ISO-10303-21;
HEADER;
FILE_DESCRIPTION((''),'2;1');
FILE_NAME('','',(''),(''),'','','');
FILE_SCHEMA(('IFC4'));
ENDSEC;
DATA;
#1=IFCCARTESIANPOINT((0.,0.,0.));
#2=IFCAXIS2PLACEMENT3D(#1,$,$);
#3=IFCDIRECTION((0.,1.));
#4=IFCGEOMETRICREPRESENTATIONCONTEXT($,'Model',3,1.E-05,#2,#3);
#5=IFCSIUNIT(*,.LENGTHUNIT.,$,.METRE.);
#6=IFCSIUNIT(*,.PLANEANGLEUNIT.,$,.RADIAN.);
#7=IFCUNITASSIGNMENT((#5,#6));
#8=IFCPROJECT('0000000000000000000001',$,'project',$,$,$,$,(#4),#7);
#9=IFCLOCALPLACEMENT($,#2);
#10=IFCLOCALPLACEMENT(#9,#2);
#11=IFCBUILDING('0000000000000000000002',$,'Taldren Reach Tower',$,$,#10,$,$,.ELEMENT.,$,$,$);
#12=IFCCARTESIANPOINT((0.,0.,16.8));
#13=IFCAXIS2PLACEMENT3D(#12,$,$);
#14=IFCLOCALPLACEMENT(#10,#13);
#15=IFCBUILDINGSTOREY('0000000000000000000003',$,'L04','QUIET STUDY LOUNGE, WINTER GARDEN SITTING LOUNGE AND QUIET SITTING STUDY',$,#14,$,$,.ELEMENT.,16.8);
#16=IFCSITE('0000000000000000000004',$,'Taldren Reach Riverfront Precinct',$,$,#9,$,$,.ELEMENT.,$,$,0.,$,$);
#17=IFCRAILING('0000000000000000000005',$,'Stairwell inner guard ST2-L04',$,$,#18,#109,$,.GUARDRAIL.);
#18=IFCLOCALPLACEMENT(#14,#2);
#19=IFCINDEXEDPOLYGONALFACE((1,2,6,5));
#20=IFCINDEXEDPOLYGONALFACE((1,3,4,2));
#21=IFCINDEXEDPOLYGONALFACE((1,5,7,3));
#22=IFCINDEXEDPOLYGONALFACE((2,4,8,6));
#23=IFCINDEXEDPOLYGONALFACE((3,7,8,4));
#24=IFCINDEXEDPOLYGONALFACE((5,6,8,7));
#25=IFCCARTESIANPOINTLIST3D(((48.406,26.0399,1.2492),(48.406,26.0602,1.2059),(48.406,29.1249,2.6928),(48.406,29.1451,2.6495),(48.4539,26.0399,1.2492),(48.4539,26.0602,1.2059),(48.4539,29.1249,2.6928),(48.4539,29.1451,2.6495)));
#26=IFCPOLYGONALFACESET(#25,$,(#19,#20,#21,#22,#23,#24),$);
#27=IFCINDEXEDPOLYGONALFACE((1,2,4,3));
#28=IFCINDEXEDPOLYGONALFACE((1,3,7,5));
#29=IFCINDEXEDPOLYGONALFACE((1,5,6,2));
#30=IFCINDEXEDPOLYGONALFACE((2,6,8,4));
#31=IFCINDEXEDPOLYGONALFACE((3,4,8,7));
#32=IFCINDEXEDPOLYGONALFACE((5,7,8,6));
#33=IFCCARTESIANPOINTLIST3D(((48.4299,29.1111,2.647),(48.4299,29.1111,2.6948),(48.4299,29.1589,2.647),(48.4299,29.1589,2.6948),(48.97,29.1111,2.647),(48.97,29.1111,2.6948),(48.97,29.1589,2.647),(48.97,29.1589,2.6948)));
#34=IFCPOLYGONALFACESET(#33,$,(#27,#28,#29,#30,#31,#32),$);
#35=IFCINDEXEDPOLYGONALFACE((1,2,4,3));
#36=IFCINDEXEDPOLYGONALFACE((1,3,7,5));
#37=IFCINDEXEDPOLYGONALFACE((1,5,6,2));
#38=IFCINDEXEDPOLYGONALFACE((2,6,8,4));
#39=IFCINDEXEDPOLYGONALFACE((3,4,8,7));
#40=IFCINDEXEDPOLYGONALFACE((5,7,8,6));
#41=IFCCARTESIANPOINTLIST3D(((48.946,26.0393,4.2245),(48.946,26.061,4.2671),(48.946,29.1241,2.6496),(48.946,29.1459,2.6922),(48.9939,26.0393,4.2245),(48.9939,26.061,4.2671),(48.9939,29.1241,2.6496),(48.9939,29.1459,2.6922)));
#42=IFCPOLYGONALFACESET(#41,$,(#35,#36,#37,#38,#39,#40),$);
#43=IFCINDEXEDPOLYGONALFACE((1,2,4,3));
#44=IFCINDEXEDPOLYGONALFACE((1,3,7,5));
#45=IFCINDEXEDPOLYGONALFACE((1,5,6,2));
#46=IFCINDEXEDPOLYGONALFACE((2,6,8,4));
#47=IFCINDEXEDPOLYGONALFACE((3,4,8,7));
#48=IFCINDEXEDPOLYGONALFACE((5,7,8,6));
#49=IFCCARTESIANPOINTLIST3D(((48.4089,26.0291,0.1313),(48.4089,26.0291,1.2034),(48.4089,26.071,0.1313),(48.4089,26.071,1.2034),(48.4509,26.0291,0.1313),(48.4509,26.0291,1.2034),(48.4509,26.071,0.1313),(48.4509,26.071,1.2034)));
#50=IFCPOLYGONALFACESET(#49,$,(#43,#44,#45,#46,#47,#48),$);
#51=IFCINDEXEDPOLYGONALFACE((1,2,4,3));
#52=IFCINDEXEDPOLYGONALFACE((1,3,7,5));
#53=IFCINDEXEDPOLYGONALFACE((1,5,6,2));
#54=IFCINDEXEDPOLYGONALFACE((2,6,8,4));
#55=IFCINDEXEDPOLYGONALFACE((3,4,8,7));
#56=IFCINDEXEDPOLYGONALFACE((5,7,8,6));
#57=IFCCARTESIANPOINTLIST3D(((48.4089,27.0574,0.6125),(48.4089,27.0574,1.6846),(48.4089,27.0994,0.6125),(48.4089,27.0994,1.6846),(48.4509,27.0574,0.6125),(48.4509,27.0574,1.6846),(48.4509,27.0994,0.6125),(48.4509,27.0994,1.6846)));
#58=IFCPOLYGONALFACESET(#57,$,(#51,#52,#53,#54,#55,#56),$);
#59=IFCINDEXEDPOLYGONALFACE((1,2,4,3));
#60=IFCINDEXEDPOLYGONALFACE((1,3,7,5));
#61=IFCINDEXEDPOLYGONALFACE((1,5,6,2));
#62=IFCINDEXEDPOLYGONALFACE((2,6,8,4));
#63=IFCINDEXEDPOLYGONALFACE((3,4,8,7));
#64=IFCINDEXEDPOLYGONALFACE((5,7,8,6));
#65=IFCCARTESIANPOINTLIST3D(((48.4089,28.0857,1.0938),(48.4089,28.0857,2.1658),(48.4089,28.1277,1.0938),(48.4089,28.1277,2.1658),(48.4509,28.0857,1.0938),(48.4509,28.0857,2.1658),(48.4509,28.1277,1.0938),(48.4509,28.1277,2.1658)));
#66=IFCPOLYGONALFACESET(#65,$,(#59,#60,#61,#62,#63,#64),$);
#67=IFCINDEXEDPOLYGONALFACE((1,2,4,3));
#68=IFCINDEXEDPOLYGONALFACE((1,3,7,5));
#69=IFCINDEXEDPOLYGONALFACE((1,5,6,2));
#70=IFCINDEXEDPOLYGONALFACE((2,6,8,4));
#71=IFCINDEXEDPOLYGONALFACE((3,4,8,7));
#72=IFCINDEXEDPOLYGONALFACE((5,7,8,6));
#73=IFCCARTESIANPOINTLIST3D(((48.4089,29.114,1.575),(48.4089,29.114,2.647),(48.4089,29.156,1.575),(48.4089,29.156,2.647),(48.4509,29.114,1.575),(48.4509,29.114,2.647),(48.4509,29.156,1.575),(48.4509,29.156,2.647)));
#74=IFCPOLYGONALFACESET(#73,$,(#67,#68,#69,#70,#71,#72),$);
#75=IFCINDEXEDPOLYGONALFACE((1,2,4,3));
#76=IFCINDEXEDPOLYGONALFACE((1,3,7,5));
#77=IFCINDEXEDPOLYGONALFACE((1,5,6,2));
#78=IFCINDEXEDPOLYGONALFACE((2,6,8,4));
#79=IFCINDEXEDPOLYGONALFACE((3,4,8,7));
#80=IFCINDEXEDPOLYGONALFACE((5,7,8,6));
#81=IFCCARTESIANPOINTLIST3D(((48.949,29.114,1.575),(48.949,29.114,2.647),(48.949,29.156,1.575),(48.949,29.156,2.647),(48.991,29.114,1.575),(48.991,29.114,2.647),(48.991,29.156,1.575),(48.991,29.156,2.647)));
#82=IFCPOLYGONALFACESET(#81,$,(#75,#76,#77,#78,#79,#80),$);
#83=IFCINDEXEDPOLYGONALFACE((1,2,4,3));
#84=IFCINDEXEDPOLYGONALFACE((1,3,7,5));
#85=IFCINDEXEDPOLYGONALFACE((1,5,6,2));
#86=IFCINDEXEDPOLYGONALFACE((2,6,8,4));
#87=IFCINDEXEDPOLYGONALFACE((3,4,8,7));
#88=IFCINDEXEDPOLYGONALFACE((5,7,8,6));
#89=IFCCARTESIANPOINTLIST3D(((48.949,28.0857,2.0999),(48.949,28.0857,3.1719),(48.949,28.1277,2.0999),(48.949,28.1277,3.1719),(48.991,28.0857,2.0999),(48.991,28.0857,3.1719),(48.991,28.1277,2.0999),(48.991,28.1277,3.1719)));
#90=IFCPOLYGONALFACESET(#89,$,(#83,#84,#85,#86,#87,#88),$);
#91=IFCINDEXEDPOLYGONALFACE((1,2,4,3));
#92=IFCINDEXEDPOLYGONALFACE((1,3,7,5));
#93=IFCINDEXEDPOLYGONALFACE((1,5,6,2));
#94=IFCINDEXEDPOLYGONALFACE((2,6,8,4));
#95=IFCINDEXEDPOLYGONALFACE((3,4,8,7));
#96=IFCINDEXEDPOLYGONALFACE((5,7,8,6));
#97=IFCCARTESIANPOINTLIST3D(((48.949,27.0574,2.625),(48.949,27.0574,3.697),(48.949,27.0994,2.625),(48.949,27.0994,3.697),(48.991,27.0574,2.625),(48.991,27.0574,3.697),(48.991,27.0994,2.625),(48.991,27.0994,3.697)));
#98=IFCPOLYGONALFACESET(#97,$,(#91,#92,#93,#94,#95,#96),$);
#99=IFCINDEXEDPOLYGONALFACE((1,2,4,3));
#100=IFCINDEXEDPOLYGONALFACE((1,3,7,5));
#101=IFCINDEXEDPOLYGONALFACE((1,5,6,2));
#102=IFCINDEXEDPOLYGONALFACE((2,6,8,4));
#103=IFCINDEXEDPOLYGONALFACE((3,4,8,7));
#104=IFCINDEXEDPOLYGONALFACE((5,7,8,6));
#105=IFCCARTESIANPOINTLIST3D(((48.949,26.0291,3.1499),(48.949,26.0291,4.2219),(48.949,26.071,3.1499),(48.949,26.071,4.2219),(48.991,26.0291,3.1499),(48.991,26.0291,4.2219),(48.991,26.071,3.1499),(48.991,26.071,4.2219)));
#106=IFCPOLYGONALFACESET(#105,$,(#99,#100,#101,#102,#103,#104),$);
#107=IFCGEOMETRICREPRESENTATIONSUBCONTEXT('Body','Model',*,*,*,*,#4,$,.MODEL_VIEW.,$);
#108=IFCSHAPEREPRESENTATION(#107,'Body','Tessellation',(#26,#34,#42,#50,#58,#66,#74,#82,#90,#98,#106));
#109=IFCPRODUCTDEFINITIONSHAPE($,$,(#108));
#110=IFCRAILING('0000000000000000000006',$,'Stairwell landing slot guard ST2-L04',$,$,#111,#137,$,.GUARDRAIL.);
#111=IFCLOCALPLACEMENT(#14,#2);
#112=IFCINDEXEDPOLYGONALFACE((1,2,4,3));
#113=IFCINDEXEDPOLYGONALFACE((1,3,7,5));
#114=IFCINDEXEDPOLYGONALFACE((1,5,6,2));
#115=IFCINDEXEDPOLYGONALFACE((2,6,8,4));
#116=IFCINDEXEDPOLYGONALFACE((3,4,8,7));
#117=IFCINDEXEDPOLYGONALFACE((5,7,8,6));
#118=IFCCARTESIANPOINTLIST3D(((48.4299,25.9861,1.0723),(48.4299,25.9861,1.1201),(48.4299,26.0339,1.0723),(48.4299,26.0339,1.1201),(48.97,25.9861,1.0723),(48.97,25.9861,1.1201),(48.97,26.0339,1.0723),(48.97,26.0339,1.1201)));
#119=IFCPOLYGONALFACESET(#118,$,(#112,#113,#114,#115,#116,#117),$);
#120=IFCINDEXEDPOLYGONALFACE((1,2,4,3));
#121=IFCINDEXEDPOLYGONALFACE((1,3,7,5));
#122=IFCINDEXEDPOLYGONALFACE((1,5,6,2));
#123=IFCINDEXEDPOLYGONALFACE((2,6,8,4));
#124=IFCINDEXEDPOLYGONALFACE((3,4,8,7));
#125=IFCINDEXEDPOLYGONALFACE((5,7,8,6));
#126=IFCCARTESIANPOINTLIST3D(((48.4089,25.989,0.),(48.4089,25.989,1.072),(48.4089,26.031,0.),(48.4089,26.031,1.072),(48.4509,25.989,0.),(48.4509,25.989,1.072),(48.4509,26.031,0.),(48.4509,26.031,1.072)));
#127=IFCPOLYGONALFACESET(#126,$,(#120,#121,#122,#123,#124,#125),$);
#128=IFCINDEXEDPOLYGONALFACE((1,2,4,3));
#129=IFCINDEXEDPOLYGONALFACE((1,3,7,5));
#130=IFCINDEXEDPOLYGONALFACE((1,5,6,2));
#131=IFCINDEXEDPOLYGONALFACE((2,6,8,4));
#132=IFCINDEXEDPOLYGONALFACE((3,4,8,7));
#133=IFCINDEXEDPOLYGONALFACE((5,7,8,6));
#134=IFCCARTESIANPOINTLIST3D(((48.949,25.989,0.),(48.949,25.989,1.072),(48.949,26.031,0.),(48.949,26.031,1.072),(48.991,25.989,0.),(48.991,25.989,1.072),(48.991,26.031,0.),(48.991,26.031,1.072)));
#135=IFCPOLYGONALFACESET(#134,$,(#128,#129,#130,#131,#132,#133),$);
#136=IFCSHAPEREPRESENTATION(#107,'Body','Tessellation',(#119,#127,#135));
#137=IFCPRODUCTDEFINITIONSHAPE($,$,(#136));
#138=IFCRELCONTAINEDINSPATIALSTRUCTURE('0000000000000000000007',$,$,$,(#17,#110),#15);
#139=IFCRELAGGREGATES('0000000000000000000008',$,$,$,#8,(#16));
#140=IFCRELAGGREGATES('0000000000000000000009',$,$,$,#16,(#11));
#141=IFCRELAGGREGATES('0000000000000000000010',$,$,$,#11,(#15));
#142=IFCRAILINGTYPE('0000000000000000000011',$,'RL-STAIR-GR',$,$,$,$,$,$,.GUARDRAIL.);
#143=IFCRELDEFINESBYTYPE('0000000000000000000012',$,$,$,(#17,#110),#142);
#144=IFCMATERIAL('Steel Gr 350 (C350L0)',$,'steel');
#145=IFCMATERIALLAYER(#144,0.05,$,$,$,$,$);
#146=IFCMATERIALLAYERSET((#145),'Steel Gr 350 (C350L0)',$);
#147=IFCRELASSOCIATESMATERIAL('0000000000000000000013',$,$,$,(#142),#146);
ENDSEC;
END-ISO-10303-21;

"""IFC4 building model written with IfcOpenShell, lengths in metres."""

from ifc_helpers import new_model, si_unit, direction, frame, origin, origin_2d, place, context, subcontext, project, spatial, rectangle, extrude, material, layer, layer_set, type_object, element, save


model = new_model("IFC4")

# Units and contexts
model_context = context("Model", 3, precision=1e-05, world=origin(), true_north=direction((0.0, 1.0)))
body_context = subcontext(model_context, "Body", "Model", "MODEL_VIEW")
ifc_project = project(units=[si_unit("LENGTHUNIT", "METRE"), si_unit("PLANEANGLEUNIT", "RADIAN")], contexts=[model_context])

# Site, building, storey
site_placement = place(None, origin())
site = spatial("IfcSite", under=ifc_project, at=site_placement, Name="Taldren Reach Riverfront Precinct", CompositionType="ELEMENT", RefElevation=0.0)
building_placement = place(site_placement, origin())
building = spatial("IfcBuilding", under=site, at=building_placement, Name="Taldren Reach Tower", CompositionType="ELEMENT")
storey_placement = place(building_placement, frame((0.0, 0.0, 16.8)))
storey = spatial("IfcBuildingStorey", under=building, at=storey_placement, Name="L04", Description="QUIET STUDY LOUNGE, WINTER GARDEN SITTING LOUNGE AND QUIET SITTING STUDY", CompositionType="ELEMENT", Elevation=16.8)

# Shared definitions
ifc_material_1 = material(Name="Steel Gr 350 (C350L0)", Category="steel")

# Railings
ifc_layer_1 = layer(ifc_material_1, 0.05)
ifc_layer_set_1 = layer_set([ifc_layer_1], Name="Steel Gr 350 (C350L0)")
railing_type_1 = type_object("IfcRailingType", Name="RL-STAIR-GR", PredefinedType="GUARDRAIL", material=ifc_layer_set_1)
railing_1_placement = place(storey_placement, frame((48.4299, 26.05, 0.1313)))
element("IfcRailing", 1, at=railing_1_placement, inside=storey, type_object=railing_type_1, Name="Stairwell inner guard ST2-L04", PredefinedType="GUARDRAIL", context=body_context, shape_type="SweptSolid", body=[
    extrude(rectangle(XDim=0.0479, YDim=0.0479, at=origin_2d()), frame((0.0, 0.0, 1.0962), z_axis=(0.0, 0.905738, 0.423839), x_axis=(-1.0, 0.0, 0.0)), (0.0, 0.0, 1.0), 3.406),
    extrude(rectangle(XDim=0.0479, YDim=0.0479, at=origin_2d()), frame((0.0, 3.085, 2.5396), z_axis=(1.0, 0.0, 0.0), x_axis=(0.0, 1.0, 0.0)), (0.0, 0.0, 1.0), 0.54),
    extrude(rectangle(XDim=0.0479, YDim=0.0479, at=origin_2d()), frame((0.54, 3.085, 2.5396), z_axis=(0.0, -0.890646, 0.454697), x_axis=(1.0, 0.0, 0.0)), (0.0, 0.0, 1.0), 3.4636),
    extrude(rectangle(XDim=0.042, YDim=0.042, at=origin_2d()), origin(), (0.0, 0.0, 1.0), 1.072),
    extrude(rectangle(XDim=0.042, YDim=0.042, at=origin_2d()), frame((0.0, 1.0283, 0.4812)), (0.0, 0.0, 1.0), 1.072),
    extrude(rectangle(XDim=0.042, YDim=0.042, at=origin_2d()), frame((0.0, 2.0566, 0.9624)), (0.0, 0.0, 1.0), 1.072),
    extrude(rectangle(XDim=0.042, YDim=0.042, at=origin_2d()), frame((0.0, 3.085, 1.4436)), (0.0, 0.0, 1.0), 1.072),
    extrude(rectangle(XDim=0.042, YDim=0.042, at=origin_2d()), frame((0.54, 3.085, 1.4436)), (0.0, 0.0, 1.0), 1.072),
    extrude(rectangle(XDim=0.042, YDim=0.042, at=origin_2d()), frame((0.54, 2.0566, 1.9685)), (0.0, 0.0, 1.0), 1.072),
    extrude(rectangle(XDim=0.042, YDim=0.042, at=origin_2d()), frame((0.54, 1.0283, 2.4937)), (0.0, 0.0, 1.0), 1.072),
    extrude(rectangle(XDim=0.042, YDim=0.042, at=origin_2d()), frame((0.54, 0.0, 3.0186)), (0.0, 0.0, 1.0), 1.072),
])
railing_2_placement = place(storey_placement, frame((48.4299, 26.01, 0.0)))
element("IfcRailing", 2, at=railing_2_placement, inside=storey, type_object=railing_type_1, Name="Stairwell landing slot guard ST2-L04", PredefinedType="GUARDRAIL", context=body_context, shape_type="SweptSolid", body=[
    extrude(rectangle(XDim=0.0479, YDim=0.0479, at=origin_2d()), frame((0.0, 0.0, 1.0962), z_axis=(1.0, 0.0, 0.0), x_axis=(0.0, 1.0, 0.0)), (0.0, 0.0, 1.0), 0.54),
    extrude(rectangle(XDim=0.042, YDim=0.042, at=origin_2d()), origin(), (0.0, 0.0, 1.0), 1.072),
    extrude(rectangle(XDim=0.042, YDim=0.042, at=origin_2d()), frame((0.54, 0.0, 0.0)), (0.0, 0.0, 1.0), 1.072),
])

save(model, "model.ifc")
